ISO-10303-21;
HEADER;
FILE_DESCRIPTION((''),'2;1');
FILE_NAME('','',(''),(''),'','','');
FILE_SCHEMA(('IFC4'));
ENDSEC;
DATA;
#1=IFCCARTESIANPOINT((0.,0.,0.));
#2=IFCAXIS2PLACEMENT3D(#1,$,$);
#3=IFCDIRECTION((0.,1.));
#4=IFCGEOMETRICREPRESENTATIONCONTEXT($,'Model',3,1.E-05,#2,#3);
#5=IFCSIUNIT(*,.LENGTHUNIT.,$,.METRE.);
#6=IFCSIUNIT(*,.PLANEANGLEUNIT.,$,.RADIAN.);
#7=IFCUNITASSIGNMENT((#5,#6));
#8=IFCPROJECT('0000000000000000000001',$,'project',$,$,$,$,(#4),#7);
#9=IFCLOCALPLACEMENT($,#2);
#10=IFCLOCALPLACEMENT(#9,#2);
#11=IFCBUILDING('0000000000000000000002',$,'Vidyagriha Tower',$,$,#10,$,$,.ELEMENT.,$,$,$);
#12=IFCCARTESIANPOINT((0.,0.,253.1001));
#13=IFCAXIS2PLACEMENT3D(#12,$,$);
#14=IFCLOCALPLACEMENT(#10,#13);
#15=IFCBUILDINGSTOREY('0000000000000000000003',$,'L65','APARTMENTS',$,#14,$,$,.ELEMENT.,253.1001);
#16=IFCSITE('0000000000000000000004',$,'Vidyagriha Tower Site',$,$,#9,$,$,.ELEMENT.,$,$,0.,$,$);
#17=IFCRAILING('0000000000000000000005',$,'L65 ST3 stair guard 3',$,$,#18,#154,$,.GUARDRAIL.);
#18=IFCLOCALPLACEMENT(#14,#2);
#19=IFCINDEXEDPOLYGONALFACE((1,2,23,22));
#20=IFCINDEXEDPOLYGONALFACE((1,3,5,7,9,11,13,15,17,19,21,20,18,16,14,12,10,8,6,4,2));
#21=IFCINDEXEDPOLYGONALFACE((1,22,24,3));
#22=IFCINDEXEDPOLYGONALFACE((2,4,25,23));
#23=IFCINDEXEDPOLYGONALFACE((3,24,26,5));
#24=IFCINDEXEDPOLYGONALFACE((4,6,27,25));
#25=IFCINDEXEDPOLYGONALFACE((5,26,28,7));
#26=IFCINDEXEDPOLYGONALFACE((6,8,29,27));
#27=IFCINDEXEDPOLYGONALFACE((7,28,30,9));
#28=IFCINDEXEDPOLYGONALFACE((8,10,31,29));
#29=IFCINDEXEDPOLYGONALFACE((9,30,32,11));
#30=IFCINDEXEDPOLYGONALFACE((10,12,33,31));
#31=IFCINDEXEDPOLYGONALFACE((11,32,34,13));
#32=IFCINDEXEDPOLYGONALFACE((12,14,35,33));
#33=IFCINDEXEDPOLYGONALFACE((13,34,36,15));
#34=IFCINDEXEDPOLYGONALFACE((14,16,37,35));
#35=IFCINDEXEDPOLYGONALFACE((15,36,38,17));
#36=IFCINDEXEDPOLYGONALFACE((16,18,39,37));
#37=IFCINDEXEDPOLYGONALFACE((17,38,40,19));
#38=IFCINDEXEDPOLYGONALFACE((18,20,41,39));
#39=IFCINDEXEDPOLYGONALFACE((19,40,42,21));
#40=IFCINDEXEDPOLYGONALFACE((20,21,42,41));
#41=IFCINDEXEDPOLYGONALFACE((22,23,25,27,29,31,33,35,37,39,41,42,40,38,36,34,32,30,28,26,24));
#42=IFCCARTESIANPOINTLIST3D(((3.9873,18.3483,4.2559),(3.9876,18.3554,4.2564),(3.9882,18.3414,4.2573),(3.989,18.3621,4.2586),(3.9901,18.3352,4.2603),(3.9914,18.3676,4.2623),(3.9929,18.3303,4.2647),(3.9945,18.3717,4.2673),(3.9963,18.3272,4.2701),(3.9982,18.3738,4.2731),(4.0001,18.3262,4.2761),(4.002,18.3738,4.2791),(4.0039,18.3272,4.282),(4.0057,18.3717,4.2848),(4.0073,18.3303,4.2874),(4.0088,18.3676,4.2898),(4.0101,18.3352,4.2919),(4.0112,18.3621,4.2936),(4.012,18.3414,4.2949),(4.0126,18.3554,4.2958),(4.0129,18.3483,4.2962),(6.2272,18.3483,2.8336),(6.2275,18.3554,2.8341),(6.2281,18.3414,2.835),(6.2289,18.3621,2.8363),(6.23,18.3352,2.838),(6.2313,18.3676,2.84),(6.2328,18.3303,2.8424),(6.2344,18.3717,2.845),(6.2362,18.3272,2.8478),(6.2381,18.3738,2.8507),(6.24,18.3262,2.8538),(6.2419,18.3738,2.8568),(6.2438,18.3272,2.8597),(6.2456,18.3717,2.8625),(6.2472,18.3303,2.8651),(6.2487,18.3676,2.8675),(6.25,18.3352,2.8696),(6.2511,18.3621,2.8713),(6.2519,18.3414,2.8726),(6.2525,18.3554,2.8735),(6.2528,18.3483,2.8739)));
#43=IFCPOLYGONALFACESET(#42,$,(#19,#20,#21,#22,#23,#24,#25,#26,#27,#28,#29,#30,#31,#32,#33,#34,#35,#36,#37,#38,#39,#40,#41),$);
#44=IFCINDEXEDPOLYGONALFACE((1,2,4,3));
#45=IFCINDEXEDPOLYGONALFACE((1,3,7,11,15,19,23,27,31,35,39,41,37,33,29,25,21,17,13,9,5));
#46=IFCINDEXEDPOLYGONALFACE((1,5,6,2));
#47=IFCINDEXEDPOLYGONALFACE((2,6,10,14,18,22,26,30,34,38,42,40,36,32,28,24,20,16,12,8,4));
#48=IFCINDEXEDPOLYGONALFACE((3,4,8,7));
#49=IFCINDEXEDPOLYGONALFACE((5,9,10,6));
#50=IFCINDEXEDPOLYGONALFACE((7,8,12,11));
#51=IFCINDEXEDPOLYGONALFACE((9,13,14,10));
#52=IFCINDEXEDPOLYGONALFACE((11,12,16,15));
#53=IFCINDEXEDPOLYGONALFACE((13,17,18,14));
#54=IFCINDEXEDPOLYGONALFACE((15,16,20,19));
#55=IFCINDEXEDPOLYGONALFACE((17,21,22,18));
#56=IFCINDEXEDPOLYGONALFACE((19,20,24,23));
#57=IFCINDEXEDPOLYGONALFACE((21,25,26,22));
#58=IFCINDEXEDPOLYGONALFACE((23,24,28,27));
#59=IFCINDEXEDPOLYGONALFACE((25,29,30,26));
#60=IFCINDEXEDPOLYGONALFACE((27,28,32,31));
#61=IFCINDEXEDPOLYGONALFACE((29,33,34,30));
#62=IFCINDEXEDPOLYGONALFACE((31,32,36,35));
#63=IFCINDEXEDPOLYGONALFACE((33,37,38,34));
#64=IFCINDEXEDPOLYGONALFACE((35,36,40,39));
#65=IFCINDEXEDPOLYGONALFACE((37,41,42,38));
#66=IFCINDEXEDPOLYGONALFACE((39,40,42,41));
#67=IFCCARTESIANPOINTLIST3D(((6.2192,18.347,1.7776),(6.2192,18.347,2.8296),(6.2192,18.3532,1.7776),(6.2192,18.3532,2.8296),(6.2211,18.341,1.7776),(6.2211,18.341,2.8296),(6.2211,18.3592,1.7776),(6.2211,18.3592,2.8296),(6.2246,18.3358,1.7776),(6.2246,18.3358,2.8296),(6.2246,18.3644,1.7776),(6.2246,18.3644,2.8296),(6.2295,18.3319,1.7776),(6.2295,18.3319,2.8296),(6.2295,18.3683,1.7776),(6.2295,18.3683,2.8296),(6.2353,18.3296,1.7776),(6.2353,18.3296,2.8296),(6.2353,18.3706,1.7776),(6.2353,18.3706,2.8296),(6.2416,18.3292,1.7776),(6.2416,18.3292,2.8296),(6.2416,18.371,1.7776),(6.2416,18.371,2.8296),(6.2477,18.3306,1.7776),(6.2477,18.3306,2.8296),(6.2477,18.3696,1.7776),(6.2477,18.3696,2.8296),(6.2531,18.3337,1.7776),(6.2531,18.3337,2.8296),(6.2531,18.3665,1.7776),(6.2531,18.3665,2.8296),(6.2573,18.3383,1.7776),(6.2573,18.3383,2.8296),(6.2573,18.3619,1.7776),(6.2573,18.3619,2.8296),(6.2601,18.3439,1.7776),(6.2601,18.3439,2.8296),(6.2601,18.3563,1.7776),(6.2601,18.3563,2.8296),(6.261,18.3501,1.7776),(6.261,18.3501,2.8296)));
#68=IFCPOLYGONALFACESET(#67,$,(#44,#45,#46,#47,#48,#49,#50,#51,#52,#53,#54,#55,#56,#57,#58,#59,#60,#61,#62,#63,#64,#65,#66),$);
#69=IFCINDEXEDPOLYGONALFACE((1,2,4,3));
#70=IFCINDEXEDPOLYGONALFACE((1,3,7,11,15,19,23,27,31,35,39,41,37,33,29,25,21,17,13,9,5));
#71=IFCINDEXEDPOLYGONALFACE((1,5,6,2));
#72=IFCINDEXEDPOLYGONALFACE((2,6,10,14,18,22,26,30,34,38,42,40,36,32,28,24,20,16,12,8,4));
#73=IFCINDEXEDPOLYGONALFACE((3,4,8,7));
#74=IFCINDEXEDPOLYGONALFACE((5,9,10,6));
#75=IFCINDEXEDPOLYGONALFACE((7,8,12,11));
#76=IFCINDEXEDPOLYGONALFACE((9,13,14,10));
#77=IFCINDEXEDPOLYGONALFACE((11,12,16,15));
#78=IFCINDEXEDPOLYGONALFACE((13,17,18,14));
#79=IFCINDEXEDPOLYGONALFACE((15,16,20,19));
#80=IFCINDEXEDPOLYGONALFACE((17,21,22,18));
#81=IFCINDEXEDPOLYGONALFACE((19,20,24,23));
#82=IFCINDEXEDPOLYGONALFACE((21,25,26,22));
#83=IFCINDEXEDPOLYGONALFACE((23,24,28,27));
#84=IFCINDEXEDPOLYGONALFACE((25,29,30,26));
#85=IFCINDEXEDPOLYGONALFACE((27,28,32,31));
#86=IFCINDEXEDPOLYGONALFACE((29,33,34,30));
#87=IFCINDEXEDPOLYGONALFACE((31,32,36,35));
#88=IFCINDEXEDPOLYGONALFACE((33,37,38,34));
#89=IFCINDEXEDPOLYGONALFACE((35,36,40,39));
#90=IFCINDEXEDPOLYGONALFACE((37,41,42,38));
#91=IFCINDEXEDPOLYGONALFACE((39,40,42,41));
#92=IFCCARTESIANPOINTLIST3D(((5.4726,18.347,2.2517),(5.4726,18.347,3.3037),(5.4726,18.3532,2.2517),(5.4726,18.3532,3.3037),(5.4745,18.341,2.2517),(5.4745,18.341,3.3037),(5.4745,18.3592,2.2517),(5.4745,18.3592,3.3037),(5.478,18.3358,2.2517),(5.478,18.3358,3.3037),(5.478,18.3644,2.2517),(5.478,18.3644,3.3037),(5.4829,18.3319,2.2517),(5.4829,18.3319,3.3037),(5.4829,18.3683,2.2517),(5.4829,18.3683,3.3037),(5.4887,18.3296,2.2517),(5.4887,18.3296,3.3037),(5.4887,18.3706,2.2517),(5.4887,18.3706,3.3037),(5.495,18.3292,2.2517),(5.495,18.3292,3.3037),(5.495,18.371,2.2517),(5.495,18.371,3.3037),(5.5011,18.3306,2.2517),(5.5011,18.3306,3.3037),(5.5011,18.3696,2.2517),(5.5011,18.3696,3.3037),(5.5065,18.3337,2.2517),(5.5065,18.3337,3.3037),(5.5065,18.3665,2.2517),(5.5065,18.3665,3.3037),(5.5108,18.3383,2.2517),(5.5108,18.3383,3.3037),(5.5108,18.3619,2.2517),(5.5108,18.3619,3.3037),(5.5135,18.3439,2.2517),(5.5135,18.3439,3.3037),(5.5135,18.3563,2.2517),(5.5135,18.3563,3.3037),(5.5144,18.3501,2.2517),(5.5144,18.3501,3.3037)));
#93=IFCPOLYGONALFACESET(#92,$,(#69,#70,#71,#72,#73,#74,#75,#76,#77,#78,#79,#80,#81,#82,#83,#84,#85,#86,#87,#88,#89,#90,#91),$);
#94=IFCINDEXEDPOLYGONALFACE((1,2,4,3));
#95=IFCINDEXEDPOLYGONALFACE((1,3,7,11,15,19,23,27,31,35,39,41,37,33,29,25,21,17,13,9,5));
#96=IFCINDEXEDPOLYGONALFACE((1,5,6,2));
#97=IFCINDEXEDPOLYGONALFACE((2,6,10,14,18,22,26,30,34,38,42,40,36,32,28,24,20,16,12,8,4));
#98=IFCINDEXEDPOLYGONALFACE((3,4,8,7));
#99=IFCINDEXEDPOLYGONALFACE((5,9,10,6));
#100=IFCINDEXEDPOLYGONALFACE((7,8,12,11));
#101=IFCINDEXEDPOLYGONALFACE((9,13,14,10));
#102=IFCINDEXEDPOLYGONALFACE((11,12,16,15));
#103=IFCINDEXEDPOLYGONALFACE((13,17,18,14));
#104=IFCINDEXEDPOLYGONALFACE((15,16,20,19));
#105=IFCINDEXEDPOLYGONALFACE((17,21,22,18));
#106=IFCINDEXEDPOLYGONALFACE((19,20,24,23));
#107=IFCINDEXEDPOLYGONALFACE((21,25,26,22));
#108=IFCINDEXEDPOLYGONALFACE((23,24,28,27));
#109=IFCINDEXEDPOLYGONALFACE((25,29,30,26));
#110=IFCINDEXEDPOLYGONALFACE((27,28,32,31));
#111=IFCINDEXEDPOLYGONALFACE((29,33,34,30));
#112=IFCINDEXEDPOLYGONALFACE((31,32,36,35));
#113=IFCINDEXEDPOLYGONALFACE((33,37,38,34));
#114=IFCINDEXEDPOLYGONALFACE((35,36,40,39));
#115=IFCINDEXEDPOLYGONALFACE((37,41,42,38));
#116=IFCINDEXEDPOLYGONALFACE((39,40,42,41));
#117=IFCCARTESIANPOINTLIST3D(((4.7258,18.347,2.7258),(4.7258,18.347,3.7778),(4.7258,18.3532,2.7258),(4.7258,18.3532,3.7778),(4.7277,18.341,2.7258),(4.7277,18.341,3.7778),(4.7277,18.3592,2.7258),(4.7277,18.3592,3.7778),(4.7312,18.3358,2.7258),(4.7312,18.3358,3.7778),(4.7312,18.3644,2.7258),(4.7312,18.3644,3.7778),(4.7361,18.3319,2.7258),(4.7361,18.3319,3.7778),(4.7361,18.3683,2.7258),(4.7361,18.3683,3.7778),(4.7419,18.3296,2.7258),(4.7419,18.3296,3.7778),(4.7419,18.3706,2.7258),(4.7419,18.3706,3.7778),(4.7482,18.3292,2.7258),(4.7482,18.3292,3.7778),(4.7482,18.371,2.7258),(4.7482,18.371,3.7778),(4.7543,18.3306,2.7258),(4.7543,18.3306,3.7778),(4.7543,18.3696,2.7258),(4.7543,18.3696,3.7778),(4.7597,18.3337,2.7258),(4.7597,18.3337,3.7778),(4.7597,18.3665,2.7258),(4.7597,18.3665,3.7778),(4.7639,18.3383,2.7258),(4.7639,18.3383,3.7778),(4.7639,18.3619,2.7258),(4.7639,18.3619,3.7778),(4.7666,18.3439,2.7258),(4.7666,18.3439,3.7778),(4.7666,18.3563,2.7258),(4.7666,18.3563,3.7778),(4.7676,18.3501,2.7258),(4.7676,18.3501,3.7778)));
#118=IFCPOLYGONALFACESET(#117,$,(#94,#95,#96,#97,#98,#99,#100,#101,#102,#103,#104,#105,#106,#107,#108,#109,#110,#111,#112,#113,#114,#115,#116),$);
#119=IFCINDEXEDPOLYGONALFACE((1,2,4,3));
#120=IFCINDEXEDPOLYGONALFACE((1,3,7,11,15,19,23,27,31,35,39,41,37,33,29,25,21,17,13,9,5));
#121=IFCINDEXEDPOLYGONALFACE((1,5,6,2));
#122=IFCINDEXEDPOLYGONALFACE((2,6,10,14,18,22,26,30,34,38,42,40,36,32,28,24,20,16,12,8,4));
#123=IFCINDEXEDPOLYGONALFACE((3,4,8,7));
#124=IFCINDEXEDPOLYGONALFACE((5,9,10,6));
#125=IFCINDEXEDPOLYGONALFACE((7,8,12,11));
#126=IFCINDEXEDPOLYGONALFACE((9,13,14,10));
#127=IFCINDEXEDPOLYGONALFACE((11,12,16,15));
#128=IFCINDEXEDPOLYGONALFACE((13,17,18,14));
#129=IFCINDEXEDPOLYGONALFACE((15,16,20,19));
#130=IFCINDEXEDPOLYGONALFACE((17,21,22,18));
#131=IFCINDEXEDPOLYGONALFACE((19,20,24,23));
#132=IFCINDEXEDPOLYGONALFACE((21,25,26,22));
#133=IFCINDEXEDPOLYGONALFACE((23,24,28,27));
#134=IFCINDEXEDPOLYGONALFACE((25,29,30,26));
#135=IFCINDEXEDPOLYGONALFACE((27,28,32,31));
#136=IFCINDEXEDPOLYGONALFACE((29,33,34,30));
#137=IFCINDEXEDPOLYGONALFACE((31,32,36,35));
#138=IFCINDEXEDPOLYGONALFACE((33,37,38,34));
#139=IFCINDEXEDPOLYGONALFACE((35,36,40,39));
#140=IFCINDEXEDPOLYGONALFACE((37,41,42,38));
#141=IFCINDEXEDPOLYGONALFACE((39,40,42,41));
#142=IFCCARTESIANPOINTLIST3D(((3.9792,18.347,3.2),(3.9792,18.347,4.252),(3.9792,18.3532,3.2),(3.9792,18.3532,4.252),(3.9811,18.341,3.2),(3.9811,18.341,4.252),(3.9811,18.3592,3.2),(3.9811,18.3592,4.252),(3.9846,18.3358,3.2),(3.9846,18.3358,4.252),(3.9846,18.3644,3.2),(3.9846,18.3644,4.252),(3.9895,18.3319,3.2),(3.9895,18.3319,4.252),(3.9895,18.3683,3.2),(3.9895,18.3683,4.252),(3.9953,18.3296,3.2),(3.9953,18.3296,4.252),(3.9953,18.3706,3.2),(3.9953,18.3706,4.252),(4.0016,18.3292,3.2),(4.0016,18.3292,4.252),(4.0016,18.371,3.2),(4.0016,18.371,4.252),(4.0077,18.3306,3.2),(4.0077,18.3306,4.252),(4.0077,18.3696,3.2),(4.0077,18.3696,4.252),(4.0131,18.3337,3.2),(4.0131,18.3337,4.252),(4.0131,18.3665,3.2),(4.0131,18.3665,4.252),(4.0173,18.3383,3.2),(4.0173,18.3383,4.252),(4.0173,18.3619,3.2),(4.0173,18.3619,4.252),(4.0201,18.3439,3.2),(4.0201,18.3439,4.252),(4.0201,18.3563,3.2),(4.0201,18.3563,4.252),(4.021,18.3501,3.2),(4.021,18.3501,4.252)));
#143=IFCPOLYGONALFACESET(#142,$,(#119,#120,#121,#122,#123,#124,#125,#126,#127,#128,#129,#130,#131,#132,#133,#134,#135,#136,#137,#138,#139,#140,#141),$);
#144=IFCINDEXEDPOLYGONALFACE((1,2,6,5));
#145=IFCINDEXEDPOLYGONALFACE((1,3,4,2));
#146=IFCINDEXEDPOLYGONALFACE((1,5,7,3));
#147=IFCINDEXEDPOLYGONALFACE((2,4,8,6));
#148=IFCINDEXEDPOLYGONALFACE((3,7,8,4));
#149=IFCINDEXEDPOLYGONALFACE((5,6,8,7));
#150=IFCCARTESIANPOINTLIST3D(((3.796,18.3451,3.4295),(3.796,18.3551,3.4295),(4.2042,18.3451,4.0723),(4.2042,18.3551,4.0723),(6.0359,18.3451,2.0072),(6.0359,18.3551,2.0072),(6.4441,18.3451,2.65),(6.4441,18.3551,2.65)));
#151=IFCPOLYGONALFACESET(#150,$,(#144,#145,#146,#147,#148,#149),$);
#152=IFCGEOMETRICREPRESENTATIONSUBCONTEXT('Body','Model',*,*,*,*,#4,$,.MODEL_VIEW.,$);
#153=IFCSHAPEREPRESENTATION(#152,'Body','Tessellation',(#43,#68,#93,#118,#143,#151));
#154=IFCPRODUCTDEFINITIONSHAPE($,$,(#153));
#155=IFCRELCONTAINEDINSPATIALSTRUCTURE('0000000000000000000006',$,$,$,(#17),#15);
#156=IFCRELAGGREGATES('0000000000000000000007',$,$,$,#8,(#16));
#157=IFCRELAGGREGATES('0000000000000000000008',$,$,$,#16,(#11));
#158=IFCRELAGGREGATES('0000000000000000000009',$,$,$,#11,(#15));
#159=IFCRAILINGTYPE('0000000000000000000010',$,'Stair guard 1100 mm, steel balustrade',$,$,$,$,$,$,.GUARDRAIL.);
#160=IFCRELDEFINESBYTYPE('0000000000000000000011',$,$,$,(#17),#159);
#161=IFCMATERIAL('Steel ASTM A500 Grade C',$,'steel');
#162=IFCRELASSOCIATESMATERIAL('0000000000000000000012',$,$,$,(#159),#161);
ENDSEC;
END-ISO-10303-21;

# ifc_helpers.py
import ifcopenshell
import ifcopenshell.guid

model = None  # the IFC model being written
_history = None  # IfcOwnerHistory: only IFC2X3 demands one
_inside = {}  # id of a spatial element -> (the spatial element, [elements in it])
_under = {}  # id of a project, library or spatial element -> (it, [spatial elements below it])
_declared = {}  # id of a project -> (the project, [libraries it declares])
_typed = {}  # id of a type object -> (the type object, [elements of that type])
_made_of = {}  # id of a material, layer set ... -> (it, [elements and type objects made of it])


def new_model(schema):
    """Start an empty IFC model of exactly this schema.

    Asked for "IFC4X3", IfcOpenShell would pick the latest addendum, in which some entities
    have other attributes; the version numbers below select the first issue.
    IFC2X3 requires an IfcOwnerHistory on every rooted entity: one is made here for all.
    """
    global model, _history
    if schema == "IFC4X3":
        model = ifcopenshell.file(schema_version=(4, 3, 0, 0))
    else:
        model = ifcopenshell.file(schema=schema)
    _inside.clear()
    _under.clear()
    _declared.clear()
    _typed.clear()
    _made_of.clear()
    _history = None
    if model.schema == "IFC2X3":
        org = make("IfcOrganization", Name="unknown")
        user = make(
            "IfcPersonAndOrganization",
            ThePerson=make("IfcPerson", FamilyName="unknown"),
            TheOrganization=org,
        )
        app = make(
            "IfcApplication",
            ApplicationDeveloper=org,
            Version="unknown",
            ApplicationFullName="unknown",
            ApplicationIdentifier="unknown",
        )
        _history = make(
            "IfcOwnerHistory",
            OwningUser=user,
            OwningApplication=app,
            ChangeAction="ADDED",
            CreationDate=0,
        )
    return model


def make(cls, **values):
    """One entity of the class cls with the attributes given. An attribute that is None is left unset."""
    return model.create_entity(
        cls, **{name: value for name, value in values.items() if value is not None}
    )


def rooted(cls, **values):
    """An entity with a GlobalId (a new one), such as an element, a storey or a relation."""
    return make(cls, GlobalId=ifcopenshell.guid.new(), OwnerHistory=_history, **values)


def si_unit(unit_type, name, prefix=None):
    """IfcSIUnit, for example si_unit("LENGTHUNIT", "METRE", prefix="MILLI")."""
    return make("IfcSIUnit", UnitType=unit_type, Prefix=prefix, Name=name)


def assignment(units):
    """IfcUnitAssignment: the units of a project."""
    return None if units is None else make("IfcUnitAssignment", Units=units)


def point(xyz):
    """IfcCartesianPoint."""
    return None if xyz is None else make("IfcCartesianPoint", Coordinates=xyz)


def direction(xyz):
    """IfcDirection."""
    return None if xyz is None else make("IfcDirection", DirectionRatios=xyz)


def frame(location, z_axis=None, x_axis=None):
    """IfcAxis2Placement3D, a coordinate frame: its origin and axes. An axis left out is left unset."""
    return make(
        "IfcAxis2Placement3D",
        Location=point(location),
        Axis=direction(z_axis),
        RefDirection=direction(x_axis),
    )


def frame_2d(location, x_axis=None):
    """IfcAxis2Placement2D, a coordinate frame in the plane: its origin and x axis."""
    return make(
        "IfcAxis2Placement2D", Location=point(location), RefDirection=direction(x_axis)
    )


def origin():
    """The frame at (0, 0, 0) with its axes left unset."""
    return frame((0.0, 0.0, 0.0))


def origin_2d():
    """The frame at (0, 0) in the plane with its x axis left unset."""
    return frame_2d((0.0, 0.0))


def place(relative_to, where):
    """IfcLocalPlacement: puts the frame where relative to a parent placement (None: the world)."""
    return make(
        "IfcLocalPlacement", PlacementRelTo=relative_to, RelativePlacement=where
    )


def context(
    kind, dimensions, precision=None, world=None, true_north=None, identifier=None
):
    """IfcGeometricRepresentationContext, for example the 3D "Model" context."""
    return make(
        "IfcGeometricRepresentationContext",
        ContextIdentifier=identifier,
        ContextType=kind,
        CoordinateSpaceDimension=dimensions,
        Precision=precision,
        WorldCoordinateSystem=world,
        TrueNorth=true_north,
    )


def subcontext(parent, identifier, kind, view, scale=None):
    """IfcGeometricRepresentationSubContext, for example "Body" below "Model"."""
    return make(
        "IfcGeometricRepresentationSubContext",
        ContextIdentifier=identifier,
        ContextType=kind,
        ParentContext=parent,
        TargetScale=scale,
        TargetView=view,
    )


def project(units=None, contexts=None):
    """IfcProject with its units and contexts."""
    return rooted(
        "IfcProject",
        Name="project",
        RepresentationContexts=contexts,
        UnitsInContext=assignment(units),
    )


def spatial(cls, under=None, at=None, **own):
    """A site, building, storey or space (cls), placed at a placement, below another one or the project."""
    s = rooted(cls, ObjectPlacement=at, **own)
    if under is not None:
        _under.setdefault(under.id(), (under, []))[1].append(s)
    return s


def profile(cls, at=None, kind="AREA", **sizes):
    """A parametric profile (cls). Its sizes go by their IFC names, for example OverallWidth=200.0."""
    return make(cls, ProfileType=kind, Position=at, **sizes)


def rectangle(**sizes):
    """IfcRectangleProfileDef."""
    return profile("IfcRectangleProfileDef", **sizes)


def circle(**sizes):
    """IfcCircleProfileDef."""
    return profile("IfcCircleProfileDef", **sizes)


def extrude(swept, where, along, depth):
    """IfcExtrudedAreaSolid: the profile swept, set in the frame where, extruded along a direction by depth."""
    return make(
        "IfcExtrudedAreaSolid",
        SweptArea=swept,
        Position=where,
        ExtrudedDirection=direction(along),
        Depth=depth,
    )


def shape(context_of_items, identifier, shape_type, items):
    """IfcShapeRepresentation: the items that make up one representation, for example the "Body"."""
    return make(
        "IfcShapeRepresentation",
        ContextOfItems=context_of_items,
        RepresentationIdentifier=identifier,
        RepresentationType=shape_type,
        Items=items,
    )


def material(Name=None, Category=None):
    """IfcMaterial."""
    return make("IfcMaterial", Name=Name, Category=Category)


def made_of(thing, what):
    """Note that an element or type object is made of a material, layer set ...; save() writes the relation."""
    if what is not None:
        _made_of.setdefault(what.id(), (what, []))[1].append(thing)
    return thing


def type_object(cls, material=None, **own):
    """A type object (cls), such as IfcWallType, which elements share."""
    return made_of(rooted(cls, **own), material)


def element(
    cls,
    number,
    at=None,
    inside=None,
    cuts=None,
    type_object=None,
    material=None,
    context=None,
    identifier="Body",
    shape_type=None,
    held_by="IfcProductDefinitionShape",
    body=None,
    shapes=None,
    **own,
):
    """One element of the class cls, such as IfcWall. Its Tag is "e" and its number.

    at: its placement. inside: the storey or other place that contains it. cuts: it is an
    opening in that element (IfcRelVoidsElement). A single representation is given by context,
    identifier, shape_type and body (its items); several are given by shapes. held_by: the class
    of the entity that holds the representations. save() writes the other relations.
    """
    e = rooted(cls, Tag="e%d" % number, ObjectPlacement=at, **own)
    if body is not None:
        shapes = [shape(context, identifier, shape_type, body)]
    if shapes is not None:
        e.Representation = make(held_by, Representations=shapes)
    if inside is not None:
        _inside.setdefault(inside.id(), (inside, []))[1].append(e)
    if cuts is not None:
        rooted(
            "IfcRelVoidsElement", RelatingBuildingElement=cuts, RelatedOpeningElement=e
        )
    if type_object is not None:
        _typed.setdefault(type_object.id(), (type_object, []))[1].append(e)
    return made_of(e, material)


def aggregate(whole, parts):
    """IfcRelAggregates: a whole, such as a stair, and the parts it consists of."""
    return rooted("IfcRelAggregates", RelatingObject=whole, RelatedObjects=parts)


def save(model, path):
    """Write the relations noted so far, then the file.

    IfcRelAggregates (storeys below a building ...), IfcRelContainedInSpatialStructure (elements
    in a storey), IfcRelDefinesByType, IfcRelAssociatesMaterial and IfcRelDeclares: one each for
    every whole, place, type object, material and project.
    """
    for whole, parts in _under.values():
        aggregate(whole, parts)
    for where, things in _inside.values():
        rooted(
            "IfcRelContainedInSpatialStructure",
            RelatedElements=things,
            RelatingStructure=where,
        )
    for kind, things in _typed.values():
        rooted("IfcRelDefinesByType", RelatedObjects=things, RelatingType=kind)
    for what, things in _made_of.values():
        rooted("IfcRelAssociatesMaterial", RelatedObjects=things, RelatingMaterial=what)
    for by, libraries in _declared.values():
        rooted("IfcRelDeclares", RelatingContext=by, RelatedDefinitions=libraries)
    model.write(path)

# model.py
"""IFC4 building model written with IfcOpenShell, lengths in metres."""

from ifc_helpers import new_model, si_unit, direction, frame, origin, origin_2d, place, context, subcontext, project, spatial, rectangle, circle, extrude, material, type_object, element, save


model = new_model("IFC4")

# Units and contexts
model_context = context("Model", 3, precision=1e-05, world=origin(), true_north=direction((0.0, 1.0)))
body_context = subcontext(model_context, "Body", "Model", "MODEL_VIEW")
ifc_project = project(units=[si_unit("LENGTHUNIT", "METRE"), si_unit("PLANEANGLEUNIT", "RADIAN")], contexts=[model_context])

# Site, building, storey
site_placement = place(None, origin())
site = spatial("IfcSite", under=ifc_project, at=site_placement, Name="Vidyagriha Tower Site", CompositionType="ELEMENT", RefElevation=0.0)
building_placement = place(site_placement, origin())
building = spatial("IfcBuilding", under=site, at=building_placement, Name="Vidyagriha Tower", CompositionType="ELEMENT")
storey_placement = place(building_placement, frame((0.0, 0.0, 253.1001)))
storey = spatial("IfcBuildingStorey", under=building, at=storey_placement, Name="L65", Description="APARTMENTS", CompositionType="ELEMENT", Elevation=253.1001)

# Railing
ifc_material_1 = material(Name="Steel ASTM A500 Grade C", Category="steel")
railing_type_1 = type_object("IfcRailingType", Name="Stair guard 1100 mm, steel balustrade", PredefinedType="GUARDRAIL", material=ifc_material_1)
railing_1_placement = place(storey_placement, frame((6.24, 18.3501, 1.7776)))
element("IfcRailing", 1, at=railing_1_placement, inside=storey, type_object=railing_type_1, Name="L65 ST3 stair guard 3", PredefinedType="GUARDRAIL", context=body_context, shape_type="SweptSolid", body=[
    extrude(circle(Radius=0.0239, at=origin_2d()), frame((0.0, 0.0, 1.0762), z_axis=(-0.844188, 0.0, 0.536048), x_axis=(0.0, -1.0, 0.0)), (0.0, 0.0, 1.0), 2.6533),
    extrude(circle(Radius=0.021, at=origin_2d()), origin(), (0.0, 0.0, 1.0), 1.052),
    extrude(circle(Radius=0.021, at=origin_2d()), frame((-0.7466, 0.0, 0.4741)), (0.0, 0.0, 1.0), 1.052),
    extrude(circle(Radius=0.021, at=origin_2d()), frame((-1.4934, 0.0, 0.9482)), (0.0, 0.0, 1.0), 1.052),
    extrude(circle(Radius=0.021, at=origin_2d()), frame((-2.24, 0.0, 1.4224)), (0.0, 0.0, 1.0), 1.052),
    extrude(rectangle(XDim=0.01, YDim=0.7615, at=origin_2d()), frame((0.0, 0.0, 0.551), z_axis=(-0.844188, 0.0, 0.536048), x_axis=(0.0, -1.0, 0.0)), (0.0, 0.0, 1.0), 2.6533),
])

save(model, "model.ifc")
